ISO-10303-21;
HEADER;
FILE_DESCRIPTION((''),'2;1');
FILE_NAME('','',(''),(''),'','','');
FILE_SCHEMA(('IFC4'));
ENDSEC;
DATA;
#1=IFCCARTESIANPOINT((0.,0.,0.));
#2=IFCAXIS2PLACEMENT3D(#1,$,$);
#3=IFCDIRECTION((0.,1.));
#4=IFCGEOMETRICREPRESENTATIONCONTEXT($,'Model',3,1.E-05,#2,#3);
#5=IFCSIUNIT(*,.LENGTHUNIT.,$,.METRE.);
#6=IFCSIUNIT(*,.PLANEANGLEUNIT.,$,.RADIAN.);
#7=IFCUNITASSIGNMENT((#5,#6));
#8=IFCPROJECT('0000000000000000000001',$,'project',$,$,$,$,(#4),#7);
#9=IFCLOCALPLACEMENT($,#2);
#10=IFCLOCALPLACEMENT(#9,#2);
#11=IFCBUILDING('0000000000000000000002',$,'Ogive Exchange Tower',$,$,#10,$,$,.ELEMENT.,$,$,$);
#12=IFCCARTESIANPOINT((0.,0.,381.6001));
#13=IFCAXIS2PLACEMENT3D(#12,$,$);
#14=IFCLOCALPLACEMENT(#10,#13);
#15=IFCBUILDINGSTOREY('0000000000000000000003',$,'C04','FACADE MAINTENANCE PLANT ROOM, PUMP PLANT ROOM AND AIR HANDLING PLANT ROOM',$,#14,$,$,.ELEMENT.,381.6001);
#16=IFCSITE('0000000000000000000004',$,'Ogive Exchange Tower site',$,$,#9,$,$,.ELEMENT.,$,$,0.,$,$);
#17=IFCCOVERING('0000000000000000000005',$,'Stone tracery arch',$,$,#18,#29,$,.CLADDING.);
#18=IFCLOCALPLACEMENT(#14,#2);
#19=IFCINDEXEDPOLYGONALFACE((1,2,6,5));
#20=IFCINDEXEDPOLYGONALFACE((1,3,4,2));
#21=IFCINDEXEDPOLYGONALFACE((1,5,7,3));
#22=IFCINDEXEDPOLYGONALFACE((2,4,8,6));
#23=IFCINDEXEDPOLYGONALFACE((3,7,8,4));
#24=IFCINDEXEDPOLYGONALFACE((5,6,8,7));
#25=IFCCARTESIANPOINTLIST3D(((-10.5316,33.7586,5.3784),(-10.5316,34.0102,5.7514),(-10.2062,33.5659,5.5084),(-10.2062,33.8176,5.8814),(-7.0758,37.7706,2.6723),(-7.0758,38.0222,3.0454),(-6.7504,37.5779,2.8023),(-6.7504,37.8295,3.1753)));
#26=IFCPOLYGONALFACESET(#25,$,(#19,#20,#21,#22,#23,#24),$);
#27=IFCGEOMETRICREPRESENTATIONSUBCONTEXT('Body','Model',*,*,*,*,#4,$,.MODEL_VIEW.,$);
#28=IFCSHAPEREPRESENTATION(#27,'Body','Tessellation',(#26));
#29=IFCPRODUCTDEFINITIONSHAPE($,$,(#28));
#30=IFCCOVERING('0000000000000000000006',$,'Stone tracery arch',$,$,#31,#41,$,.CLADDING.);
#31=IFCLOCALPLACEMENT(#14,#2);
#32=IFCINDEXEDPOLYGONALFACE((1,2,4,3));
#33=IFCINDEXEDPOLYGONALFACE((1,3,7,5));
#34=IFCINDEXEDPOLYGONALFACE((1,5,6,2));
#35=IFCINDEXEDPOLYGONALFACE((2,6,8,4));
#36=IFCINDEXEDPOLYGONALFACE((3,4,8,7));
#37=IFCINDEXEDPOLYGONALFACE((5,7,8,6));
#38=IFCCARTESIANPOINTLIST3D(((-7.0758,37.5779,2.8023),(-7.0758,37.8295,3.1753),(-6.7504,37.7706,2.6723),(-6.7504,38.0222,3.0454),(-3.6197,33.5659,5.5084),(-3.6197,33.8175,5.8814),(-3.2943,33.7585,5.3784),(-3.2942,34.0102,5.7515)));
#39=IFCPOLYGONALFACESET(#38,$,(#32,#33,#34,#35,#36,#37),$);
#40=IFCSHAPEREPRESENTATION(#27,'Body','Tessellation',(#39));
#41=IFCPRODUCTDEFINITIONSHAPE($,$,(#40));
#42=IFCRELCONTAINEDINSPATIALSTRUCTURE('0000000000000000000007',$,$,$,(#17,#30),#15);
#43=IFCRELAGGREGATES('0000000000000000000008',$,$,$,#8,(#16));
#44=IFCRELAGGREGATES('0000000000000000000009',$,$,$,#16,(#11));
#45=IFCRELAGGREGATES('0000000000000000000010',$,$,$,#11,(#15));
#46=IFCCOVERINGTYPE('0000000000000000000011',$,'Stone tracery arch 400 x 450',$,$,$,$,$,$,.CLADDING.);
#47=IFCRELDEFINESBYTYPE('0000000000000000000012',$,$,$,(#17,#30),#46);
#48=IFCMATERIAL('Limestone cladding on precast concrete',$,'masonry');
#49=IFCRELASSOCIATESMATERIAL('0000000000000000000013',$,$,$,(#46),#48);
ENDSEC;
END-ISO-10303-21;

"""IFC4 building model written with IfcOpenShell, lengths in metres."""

from ifc_helpers import new_model, si_unit, direction, frame, origin, origin_2d, place, context, subcontext, project, spatial, rectangle, extrude, material, material_profile, profile_set, type_object, element, save


model = new_model("IFC4")

# Units and contexts
model_context = context("Model", 3, precision=1e-05, world=origin(), true_north=direction((0.0, 1.0)))
body_context = subcontext(model_context, "Body", "Model", "MODEL_VIEW")
ifc_project = project(units=[si_unit("LENGTHUNIT", "METRE"), si_unit("PLANEANGLEUNIT", "RADIAN")], contexts=[model_context])

# Site, building, storey
site_placement = place(None, origin())
site = spatial("IfcSite", under=ifc_project, at=site_placement, Name="Ogive Exchange Tower site", CompositionType="ELEMENT", RefElevation=0.0)
building_placement = place(site_placement, origin())
building = spatial("IfcBuilding", under=site, at=building_placement, Name="Ogive Exchange Tower", CompositionType="ELEMENT")
storey_placement = place(building_placement, frame((0.0, 0.0, 381.6001)))
storey = spatial("IfcBuildingStorey", under=building, at=storey_placement, Name="C04", Description="FACADE MAINTENANCE PLANT ROOM, PUMP PLANT ROOM AND AIR HANDLING PLANT ROOM", CompositionType="ELEMENT", Elevation=381.6001)

# Coverings
ifc_material_1 = material(Name="Limestone cladding on precast concrete", Category="masonry")
ifc_material_profile_1 = material_profile(ifc_material_1, rectangle(XDim=0.3999, YDim=0.45, at=origin_2d()), Name="TRACERY 400 x 450")
ifc_profile_set_1 = profile_set([ifc_material_profile_1], Name="Limestone cladding on precast concrete")
covering_type_1 = type_object("IfcCoveringType", Name="Stone tracery arch 400 x 450", PredefinedType="CLADDING", material=ifc_profile_set_1)
covering_1_placement = place(storey_placement, frame((-6.9131, 37.8, 2.9238), z_axis=(-0.581148, -0.674673, 0.455065), x_axis=(0.813798, -0.481789, 0.32498)))
element("IfcCovering", 1, at=covering_1_placement, inside=storey, type_object=covering_type_1, Name="Stone tracery arch", PredefinedType="CLADDING", context=body_context, shape_type="SweptSolid", body=[
    extrude(rectangle(XDim=0.3999, YDim=0.45, at=origin_2d()), origin(), (0.0, 0.0, 1.0), 5.9465),
])
covering_2_placement = place(storey_placement, frame((-6.9131, 37.8, 2.9238), z_axis=(0.581175, -0.674657, 0.455054), x_axis=(0.813779, 0.481801, -0.325011)))
element("IfcCovering", 2, at=covering_2_placement, inside=storey, type_object=covering_type_1, Name="Stone tracery arch", PredefinedType="CLADDING", context=body_context, shape_type="SweptSolid", body=[
    extrude(rectangle(XDim=0.3999, YDim=0.45, at=origin_2d()), origin(), (0.0, 0.0, 1.0), 5.9468),
])

save(model, "model.ifc")
